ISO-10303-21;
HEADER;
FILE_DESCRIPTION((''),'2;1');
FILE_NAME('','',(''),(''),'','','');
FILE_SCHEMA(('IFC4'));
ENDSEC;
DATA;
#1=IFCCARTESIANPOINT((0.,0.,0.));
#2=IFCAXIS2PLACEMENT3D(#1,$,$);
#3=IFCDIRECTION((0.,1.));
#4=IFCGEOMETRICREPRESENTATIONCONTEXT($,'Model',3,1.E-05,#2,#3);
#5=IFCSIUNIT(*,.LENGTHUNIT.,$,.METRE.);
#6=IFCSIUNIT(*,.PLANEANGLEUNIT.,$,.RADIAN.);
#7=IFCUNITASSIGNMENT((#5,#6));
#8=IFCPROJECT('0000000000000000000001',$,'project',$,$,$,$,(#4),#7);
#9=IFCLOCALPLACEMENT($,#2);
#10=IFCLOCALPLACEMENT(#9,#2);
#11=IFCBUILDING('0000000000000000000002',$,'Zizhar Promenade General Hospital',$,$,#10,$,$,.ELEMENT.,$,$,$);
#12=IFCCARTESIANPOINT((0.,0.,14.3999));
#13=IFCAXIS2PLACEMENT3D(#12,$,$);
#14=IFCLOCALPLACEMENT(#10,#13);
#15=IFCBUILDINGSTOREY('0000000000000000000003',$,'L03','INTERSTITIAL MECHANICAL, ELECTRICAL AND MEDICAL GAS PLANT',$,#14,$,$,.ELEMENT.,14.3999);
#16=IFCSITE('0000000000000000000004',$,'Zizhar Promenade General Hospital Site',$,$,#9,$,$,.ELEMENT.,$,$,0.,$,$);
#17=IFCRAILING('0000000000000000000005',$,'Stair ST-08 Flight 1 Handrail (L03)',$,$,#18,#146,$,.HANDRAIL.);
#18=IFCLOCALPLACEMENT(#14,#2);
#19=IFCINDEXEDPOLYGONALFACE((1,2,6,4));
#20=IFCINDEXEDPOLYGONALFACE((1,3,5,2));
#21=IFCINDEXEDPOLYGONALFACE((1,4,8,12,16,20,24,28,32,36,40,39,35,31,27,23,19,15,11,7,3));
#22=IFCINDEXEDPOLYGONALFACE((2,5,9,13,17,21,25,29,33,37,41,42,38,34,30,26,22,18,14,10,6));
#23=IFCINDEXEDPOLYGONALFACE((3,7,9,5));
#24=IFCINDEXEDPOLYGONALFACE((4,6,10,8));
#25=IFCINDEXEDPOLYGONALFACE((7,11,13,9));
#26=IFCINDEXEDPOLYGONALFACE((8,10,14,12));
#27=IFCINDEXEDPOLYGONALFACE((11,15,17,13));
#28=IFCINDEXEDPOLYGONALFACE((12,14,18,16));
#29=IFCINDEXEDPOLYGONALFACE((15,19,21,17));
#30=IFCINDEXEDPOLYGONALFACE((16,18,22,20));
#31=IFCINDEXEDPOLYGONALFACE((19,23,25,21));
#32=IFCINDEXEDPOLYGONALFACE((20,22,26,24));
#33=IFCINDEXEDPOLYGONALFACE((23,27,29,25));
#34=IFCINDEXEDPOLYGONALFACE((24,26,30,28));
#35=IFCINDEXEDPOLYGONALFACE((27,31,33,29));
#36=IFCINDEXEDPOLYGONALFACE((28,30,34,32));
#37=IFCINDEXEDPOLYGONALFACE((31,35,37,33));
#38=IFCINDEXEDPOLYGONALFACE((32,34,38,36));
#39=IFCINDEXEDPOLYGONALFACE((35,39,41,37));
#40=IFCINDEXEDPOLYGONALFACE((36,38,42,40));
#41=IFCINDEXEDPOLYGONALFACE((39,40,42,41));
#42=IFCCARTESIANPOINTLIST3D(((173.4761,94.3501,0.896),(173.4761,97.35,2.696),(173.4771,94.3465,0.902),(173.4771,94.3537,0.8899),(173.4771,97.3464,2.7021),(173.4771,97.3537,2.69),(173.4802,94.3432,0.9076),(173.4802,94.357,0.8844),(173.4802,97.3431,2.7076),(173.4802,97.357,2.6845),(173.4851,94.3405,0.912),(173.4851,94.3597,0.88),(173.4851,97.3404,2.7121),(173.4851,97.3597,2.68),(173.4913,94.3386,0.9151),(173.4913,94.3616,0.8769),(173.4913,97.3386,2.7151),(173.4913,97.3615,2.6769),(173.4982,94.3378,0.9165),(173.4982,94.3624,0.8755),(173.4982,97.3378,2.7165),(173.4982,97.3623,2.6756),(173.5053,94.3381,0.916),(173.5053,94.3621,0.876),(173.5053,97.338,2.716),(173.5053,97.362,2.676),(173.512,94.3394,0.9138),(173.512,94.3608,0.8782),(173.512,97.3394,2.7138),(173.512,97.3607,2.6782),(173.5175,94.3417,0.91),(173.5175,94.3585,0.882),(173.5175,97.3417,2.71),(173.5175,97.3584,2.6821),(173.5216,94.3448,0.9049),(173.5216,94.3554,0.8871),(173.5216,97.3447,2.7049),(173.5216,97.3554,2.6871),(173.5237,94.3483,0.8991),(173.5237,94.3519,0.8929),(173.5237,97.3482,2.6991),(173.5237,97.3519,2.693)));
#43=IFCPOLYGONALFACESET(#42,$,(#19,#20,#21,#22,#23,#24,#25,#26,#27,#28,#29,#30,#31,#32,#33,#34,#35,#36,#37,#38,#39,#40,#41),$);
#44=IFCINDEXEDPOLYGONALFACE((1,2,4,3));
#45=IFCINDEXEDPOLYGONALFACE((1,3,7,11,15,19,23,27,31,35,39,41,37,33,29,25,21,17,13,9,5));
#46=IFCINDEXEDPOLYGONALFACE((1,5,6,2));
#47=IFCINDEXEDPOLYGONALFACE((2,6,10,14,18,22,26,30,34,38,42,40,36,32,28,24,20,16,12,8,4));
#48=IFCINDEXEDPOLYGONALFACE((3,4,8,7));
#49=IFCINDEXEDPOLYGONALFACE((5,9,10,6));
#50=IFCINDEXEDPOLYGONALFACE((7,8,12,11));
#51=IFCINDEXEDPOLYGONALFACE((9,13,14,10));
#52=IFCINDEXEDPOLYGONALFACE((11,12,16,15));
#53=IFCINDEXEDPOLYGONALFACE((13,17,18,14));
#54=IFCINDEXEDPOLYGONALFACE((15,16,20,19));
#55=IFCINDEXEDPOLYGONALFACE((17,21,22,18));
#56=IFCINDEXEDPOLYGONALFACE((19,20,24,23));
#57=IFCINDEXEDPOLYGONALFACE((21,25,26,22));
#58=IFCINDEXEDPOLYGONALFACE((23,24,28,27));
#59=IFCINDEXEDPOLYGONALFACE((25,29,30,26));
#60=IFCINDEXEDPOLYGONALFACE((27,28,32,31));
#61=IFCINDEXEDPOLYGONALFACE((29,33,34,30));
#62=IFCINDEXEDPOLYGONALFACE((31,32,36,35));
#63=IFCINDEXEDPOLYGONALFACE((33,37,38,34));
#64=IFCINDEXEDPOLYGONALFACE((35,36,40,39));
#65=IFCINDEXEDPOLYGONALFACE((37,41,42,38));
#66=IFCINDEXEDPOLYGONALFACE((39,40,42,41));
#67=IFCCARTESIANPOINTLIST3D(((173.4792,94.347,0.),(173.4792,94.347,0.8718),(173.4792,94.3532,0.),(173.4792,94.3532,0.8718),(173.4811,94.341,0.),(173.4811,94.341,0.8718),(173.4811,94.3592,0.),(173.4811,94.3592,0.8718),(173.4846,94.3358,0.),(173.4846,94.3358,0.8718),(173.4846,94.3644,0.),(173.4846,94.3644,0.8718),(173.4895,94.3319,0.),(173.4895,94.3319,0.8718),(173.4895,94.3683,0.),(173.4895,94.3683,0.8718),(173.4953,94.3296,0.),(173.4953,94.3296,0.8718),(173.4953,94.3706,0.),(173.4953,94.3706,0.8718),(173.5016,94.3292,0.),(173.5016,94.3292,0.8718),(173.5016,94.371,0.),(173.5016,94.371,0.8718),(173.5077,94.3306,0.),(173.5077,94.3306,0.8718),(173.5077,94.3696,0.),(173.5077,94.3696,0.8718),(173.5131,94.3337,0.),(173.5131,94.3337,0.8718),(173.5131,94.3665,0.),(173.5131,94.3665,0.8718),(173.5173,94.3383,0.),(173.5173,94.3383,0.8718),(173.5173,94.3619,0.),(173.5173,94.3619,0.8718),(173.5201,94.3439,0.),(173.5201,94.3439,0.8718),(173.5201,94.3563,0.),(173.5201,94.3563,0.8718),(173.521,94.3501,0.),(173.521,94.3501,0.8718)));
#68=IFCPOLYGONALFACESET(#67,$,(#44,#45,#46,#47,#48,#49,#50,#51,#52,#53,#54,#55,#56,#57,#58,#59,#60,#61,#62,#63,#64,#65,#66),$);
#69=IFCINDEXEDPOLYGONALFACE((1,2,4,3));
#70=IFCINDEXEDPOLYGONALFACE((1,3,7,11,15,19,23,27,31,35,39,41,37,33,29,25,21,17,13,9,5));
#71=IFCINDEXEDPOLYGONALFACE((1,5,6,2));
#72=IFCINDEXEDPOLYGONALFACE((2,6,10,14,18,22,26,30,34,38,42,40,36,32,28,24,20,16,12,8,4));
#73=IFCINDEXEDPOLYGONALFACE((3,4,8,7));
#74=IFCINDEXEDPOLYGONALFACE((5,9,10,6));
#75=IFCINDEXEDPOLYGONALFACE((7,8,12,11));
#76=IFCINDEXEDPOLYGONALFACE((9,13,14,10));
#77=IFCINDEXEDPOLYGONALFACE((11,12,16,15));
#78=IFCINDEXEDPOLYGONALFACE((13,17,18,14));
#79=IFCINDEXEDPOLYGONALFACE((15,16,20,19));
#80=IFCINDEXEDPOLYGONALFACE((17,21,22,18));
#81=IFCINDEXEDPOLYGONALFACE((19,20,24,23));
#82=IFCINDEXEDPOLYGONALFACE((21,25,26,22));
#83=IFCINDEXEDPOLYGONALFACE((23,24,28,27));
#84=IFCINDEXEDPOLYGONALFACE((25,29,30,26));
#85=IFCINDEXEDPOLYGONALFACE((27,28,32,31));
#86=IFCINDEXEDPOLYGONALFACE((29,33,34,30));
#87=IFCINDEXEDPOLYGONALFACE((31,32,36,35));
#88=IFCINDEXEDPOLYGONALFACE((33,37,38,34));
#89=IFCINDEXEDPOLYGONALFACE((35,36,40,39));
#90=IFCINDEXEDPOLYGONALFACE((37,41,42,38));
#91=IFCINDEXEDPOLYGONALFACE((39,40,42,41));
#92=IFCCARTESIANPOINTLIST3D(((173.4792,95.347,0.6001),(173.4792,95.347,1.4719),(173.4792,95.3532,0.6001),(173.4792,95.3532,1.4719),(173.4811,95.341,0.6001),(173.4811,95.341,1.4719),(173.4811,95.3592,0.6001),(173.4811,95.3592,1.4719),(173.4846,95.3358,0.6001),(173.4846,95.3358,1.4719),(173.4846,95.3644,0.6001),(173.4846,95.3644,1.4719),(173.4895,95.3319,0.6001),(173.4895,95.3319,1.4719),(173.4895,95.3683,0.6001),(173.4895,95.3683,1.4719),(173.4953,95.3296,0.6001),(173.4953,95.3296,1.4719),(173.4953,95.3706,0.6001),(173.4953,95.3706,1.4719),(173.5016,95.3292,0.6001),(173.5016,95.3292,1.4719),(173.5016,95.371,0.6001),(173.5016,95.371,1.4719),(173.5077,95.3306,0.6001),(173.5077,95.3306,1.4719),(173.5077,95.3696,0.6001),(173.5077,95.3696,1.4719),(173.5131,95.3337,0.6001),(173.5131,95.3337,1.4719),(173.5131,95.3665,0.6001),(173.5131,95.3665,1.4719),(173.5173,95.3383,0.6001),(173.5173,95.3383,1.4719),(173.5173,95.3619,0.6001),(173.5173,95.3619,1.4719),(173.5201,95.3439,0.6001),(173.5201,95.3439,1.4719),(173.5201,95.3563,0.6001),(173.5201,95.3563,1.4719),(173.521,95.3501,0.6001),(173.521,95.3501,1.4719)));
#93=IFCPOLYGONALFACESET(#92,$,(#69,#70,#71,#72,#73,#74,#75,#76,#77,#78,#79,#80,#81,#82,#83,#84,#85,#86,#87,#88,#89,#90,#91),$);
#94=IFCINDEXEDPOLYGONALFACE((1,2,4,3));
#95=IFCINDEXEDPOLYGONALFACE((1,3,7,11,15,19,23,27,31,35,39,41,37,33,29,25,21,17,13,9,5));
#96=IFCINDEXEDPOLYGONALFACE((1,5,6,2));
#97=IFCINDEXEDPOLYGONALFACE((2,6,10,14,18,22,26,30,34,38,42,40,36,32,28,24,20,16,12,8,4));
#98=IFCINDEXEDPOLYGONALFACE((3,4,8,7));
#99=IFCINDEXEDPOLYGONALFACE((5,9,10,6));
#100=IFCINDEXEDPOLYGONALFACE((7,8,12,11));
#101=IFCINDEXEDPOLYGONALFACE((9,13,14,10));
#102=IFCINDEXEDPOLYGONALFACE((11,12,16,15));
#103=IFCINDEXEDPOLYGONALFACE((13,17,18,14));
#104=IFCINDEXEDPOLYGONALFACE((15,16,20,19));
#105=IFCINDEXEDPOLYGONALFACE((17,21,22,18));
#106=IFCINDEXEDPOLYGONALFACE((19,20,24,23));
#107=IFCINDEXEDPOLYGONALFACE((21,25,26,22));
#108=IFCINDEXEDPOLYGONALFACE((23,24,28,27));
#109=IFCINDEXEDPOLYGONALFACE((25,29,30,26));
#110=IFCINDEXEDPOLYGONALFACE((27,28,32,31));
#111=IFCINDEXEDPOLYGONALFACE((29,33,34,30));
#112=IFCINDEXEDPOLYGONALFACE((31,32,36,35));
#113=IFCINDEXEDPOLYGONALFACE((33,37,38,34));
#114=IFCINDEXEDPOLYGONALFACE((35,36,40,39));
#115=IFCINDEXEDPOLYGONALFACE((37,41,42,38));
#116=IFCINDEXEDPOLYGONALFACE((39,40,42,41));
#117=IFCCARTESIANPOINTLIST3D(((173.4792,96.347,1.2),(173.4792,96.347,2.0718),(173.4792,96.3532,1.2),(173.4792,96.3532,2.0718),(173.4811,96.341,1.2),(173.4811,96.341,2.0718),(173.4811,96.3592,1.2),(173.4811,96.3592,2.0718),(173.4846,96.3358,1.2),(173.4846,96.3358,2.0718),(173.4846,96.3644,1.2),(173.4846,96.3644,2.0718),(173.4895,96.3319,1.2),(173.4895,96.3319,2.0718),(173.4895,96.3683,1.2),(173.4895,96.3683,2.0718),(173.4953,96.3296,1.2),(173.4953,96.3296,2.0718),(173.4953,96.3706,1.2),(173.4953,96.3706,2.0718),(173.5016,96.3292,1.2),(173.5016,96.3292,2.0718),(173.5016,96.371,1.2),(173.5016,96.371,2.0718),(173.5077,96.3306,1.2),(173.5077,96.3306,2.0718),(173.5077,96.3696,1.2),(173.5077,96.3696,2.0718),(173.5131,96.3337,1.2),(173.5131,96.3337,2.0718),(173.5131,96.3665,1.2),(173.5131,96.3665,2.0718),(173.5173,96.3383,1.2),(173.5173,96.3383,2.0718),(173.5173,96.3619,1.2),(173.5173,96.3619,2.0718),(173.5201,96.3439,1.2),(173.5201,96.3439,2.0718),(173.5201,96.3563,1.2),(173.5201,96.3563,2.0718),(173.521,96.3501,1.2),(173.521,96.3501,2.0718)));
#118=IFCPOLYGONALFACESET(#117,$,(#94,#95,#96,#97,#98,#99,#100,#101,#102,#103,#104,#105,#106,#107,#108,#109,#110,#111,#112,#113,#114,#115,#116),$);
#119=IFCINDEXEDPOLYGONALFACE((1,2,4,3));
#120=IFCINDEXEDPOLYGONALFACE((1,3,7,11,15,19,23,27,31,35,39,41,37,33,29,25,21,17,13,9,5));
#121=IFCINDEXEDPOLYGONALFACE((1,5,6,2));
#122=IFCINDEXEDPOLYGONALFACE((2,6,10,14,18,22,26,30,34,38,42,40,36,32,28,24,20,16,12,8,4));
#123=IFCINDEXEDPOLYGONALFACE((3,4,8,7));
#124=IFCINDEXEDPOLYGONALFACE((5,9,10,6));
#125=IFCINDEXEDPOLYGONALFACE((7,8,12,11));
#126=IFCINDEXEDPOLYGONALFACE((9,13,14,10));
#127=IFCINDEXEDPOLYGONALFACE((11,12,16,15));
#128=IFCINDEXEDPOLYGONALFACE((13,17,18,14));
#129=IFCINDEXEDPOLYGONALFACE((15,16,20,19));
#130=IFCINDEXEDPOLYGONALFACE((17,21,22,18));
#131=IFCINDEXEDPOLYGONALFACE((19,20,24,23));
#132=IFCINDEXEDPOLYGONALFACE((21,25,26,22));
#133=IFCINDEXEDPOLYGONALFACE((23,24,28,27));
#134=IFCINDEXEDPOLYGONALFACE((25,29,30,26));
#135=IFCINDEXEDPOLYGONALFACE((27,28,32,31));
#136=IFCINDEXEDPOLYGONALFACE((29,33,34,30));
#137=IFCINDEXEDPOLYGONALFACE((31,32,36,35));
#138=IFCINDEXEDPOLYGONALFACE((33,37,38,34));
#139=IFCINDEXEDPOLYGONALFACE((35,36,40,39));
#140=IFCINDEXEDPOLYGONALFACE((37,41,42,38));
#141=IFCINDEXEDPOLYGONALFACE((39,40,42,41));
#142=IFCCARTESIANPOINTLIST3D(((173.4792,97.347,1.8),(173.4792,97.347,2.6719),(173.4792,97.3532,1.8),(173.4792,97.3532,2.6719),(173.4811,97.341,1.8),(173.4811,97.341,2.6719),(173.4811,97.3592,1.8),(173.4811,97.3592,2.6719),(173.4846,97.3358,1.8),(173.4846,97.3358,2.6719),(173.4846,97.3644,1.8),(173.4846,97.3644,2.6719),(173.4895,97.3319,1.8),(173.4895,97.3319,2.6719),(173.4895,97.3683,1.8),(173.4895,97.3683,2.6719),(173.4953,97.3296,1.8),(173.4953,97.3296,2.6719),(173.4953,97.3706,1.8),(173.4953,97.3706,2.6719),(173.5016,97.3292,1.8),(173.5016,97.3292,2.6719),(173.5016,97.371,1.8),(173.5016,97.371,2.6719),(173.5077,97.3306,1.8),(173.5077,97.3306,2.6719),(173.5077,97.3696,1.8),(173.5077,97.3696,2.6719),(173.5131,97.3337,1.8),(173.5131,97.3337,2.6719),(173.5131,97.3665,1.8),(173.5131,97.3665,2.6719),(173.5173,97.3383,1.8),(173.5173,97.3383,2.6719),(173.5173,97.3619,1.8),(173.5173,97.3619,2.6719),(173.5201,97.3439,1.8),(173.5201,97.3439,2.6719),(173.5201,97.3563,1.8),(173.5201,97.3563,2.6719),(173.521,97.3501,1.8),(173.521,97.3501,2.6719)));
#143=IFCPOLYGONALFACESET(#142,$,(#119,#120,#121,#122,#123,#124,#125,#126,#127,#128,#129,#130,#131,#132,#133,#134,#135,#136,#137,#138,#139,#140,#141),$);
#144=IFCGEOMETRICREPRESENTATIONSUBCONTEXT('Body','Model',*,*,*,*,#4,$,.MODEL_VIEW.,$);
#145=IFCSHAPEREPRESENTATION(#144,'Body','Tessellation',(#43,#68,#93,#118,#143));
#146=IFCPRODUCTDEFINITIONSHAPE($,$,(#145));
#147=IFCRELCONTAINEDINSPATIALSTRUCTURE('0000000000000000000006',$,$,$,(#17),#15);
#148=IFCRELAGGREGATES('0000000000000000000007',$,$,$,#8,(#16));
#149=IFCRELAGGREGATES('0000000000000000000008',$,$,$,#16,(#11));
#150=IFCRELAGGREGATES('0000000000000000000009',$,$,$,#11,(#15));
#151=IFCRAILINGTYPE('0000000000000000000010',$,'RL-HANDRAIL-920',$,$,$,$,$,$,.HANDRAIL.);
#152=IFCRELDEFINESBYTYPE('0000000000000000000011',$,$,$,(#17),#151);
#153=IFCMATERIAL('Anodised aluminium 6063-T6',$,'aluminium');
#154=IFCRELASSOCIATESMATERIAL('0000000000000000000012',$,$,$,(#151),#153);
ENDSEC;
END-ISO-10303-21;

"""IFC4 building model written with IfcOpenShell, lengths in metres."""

from ifc_helpers import new_model, si_unit, direction, frame, origin, origin_2d, place, context, subcontext, project, spatial, circle, hollow_circle, extrude, material, material_profile, profile_set, type_object, element, save


model = new_model("IFC4")

# Units and contexts
model_context = context("Model", 3, precision=1e-05, world=origin(), true_north=direction((0.0, 1.0)))
body_context = subcontext(model_context, "Body", "Model", "MODEL_VIEW")
ifc_project = project(units=[si_unit("LENGTHUNIT", "METRE"), si_unit("PLANEANGLEUNIT", "RADIAN")], contexts=[model_context])

# Site, building, storey
site_placement = place(None, origin())
site = spatial("IfcSite", under=ifc_project, at=site_placement, Name="Zizhar Promenade General Hospital Site", CompositionType="ELEMENT", RefElevation=0.0)
building_placement = place(site_placement, origin())
building = spatial("IfcBuilding", under=site, at=building_placement, Name="Zizhar Promenade General Hospital", CompositionType="ELEMENT")
storey_placement = place(building_placement, frame((0.0, 0.0, 14.3999)))
storey = spatial("IfcBuildingStorey", under=building, at=storey_placement, Name="L03", Description="INTERSTITIAL MECHANICAL, ELECTRICAL AND MEDICAL GAS PLANT", CompositionType="ELEMENT", Elevation=14.3999)

# Railing
ifc_material_1 = material(Name="Anodised aluminium 6063-T6", Category="aluminium")
ifc_material_profile_1 = material_profile(ifc_material_1, hollow_circle(Radius=0.0698, WallThickness=0.0063, at=origin_2d()))
ifc_profile_set_1 = profile_set([ifc_material_profile_1], Name="Anodised aluminium 6063-T6")
railing_type_1 = type_object("IfcRailingType", Name="RL-HANDRAIL-920", PredefinedType="HANDRAIL", material=ifc_profile_set_1)
railing_1_placement = place(storey_placement, frame((173.5, 94.3501, 0.0)))
element("IfcRailing", 1, at=railing_1_placement, inside=storey, type_object=railing_type_1, Name="Stair ST-08 Flight 1 Handrail (L03)", PredefinedType="HANDRAIL", context=body_context, shape_type="SweptSolid", body=[
    extrude(circle(Radius=0.0239, at=origin_2d()), frame((0.0, 0.0, 0.896), z_axis=(0.0, 0.857487, 0.514506), x_axis=(-1.0, 0.0, 0.0)), (0.0, 0.0, 1.0), 3.4985),
    extrude(circle(Radius=0.021, at=origin_2d()), origin(), (0.0, 0.0, 1.0), 0.8718),
    extrude(circle(Radius=0.021, at=origin_2d()), frame((0.0, 1.0, 0.6001)), (0.0, 0.0, 1.0), 0.8718),
    extrude(circle(Radius=0.021, at=origin_2d()), frame((0.0, 2.0, 1.2)), (0.0, 0.0, 1.0), 0.8718),
    extrude(circle(Radius=0.021, at=origin_2d()), frame((0.0, 3.0, 1.8)), (0.0, 0.0, 1.0), 0.8718),
])

save(model, "model.ifc")
